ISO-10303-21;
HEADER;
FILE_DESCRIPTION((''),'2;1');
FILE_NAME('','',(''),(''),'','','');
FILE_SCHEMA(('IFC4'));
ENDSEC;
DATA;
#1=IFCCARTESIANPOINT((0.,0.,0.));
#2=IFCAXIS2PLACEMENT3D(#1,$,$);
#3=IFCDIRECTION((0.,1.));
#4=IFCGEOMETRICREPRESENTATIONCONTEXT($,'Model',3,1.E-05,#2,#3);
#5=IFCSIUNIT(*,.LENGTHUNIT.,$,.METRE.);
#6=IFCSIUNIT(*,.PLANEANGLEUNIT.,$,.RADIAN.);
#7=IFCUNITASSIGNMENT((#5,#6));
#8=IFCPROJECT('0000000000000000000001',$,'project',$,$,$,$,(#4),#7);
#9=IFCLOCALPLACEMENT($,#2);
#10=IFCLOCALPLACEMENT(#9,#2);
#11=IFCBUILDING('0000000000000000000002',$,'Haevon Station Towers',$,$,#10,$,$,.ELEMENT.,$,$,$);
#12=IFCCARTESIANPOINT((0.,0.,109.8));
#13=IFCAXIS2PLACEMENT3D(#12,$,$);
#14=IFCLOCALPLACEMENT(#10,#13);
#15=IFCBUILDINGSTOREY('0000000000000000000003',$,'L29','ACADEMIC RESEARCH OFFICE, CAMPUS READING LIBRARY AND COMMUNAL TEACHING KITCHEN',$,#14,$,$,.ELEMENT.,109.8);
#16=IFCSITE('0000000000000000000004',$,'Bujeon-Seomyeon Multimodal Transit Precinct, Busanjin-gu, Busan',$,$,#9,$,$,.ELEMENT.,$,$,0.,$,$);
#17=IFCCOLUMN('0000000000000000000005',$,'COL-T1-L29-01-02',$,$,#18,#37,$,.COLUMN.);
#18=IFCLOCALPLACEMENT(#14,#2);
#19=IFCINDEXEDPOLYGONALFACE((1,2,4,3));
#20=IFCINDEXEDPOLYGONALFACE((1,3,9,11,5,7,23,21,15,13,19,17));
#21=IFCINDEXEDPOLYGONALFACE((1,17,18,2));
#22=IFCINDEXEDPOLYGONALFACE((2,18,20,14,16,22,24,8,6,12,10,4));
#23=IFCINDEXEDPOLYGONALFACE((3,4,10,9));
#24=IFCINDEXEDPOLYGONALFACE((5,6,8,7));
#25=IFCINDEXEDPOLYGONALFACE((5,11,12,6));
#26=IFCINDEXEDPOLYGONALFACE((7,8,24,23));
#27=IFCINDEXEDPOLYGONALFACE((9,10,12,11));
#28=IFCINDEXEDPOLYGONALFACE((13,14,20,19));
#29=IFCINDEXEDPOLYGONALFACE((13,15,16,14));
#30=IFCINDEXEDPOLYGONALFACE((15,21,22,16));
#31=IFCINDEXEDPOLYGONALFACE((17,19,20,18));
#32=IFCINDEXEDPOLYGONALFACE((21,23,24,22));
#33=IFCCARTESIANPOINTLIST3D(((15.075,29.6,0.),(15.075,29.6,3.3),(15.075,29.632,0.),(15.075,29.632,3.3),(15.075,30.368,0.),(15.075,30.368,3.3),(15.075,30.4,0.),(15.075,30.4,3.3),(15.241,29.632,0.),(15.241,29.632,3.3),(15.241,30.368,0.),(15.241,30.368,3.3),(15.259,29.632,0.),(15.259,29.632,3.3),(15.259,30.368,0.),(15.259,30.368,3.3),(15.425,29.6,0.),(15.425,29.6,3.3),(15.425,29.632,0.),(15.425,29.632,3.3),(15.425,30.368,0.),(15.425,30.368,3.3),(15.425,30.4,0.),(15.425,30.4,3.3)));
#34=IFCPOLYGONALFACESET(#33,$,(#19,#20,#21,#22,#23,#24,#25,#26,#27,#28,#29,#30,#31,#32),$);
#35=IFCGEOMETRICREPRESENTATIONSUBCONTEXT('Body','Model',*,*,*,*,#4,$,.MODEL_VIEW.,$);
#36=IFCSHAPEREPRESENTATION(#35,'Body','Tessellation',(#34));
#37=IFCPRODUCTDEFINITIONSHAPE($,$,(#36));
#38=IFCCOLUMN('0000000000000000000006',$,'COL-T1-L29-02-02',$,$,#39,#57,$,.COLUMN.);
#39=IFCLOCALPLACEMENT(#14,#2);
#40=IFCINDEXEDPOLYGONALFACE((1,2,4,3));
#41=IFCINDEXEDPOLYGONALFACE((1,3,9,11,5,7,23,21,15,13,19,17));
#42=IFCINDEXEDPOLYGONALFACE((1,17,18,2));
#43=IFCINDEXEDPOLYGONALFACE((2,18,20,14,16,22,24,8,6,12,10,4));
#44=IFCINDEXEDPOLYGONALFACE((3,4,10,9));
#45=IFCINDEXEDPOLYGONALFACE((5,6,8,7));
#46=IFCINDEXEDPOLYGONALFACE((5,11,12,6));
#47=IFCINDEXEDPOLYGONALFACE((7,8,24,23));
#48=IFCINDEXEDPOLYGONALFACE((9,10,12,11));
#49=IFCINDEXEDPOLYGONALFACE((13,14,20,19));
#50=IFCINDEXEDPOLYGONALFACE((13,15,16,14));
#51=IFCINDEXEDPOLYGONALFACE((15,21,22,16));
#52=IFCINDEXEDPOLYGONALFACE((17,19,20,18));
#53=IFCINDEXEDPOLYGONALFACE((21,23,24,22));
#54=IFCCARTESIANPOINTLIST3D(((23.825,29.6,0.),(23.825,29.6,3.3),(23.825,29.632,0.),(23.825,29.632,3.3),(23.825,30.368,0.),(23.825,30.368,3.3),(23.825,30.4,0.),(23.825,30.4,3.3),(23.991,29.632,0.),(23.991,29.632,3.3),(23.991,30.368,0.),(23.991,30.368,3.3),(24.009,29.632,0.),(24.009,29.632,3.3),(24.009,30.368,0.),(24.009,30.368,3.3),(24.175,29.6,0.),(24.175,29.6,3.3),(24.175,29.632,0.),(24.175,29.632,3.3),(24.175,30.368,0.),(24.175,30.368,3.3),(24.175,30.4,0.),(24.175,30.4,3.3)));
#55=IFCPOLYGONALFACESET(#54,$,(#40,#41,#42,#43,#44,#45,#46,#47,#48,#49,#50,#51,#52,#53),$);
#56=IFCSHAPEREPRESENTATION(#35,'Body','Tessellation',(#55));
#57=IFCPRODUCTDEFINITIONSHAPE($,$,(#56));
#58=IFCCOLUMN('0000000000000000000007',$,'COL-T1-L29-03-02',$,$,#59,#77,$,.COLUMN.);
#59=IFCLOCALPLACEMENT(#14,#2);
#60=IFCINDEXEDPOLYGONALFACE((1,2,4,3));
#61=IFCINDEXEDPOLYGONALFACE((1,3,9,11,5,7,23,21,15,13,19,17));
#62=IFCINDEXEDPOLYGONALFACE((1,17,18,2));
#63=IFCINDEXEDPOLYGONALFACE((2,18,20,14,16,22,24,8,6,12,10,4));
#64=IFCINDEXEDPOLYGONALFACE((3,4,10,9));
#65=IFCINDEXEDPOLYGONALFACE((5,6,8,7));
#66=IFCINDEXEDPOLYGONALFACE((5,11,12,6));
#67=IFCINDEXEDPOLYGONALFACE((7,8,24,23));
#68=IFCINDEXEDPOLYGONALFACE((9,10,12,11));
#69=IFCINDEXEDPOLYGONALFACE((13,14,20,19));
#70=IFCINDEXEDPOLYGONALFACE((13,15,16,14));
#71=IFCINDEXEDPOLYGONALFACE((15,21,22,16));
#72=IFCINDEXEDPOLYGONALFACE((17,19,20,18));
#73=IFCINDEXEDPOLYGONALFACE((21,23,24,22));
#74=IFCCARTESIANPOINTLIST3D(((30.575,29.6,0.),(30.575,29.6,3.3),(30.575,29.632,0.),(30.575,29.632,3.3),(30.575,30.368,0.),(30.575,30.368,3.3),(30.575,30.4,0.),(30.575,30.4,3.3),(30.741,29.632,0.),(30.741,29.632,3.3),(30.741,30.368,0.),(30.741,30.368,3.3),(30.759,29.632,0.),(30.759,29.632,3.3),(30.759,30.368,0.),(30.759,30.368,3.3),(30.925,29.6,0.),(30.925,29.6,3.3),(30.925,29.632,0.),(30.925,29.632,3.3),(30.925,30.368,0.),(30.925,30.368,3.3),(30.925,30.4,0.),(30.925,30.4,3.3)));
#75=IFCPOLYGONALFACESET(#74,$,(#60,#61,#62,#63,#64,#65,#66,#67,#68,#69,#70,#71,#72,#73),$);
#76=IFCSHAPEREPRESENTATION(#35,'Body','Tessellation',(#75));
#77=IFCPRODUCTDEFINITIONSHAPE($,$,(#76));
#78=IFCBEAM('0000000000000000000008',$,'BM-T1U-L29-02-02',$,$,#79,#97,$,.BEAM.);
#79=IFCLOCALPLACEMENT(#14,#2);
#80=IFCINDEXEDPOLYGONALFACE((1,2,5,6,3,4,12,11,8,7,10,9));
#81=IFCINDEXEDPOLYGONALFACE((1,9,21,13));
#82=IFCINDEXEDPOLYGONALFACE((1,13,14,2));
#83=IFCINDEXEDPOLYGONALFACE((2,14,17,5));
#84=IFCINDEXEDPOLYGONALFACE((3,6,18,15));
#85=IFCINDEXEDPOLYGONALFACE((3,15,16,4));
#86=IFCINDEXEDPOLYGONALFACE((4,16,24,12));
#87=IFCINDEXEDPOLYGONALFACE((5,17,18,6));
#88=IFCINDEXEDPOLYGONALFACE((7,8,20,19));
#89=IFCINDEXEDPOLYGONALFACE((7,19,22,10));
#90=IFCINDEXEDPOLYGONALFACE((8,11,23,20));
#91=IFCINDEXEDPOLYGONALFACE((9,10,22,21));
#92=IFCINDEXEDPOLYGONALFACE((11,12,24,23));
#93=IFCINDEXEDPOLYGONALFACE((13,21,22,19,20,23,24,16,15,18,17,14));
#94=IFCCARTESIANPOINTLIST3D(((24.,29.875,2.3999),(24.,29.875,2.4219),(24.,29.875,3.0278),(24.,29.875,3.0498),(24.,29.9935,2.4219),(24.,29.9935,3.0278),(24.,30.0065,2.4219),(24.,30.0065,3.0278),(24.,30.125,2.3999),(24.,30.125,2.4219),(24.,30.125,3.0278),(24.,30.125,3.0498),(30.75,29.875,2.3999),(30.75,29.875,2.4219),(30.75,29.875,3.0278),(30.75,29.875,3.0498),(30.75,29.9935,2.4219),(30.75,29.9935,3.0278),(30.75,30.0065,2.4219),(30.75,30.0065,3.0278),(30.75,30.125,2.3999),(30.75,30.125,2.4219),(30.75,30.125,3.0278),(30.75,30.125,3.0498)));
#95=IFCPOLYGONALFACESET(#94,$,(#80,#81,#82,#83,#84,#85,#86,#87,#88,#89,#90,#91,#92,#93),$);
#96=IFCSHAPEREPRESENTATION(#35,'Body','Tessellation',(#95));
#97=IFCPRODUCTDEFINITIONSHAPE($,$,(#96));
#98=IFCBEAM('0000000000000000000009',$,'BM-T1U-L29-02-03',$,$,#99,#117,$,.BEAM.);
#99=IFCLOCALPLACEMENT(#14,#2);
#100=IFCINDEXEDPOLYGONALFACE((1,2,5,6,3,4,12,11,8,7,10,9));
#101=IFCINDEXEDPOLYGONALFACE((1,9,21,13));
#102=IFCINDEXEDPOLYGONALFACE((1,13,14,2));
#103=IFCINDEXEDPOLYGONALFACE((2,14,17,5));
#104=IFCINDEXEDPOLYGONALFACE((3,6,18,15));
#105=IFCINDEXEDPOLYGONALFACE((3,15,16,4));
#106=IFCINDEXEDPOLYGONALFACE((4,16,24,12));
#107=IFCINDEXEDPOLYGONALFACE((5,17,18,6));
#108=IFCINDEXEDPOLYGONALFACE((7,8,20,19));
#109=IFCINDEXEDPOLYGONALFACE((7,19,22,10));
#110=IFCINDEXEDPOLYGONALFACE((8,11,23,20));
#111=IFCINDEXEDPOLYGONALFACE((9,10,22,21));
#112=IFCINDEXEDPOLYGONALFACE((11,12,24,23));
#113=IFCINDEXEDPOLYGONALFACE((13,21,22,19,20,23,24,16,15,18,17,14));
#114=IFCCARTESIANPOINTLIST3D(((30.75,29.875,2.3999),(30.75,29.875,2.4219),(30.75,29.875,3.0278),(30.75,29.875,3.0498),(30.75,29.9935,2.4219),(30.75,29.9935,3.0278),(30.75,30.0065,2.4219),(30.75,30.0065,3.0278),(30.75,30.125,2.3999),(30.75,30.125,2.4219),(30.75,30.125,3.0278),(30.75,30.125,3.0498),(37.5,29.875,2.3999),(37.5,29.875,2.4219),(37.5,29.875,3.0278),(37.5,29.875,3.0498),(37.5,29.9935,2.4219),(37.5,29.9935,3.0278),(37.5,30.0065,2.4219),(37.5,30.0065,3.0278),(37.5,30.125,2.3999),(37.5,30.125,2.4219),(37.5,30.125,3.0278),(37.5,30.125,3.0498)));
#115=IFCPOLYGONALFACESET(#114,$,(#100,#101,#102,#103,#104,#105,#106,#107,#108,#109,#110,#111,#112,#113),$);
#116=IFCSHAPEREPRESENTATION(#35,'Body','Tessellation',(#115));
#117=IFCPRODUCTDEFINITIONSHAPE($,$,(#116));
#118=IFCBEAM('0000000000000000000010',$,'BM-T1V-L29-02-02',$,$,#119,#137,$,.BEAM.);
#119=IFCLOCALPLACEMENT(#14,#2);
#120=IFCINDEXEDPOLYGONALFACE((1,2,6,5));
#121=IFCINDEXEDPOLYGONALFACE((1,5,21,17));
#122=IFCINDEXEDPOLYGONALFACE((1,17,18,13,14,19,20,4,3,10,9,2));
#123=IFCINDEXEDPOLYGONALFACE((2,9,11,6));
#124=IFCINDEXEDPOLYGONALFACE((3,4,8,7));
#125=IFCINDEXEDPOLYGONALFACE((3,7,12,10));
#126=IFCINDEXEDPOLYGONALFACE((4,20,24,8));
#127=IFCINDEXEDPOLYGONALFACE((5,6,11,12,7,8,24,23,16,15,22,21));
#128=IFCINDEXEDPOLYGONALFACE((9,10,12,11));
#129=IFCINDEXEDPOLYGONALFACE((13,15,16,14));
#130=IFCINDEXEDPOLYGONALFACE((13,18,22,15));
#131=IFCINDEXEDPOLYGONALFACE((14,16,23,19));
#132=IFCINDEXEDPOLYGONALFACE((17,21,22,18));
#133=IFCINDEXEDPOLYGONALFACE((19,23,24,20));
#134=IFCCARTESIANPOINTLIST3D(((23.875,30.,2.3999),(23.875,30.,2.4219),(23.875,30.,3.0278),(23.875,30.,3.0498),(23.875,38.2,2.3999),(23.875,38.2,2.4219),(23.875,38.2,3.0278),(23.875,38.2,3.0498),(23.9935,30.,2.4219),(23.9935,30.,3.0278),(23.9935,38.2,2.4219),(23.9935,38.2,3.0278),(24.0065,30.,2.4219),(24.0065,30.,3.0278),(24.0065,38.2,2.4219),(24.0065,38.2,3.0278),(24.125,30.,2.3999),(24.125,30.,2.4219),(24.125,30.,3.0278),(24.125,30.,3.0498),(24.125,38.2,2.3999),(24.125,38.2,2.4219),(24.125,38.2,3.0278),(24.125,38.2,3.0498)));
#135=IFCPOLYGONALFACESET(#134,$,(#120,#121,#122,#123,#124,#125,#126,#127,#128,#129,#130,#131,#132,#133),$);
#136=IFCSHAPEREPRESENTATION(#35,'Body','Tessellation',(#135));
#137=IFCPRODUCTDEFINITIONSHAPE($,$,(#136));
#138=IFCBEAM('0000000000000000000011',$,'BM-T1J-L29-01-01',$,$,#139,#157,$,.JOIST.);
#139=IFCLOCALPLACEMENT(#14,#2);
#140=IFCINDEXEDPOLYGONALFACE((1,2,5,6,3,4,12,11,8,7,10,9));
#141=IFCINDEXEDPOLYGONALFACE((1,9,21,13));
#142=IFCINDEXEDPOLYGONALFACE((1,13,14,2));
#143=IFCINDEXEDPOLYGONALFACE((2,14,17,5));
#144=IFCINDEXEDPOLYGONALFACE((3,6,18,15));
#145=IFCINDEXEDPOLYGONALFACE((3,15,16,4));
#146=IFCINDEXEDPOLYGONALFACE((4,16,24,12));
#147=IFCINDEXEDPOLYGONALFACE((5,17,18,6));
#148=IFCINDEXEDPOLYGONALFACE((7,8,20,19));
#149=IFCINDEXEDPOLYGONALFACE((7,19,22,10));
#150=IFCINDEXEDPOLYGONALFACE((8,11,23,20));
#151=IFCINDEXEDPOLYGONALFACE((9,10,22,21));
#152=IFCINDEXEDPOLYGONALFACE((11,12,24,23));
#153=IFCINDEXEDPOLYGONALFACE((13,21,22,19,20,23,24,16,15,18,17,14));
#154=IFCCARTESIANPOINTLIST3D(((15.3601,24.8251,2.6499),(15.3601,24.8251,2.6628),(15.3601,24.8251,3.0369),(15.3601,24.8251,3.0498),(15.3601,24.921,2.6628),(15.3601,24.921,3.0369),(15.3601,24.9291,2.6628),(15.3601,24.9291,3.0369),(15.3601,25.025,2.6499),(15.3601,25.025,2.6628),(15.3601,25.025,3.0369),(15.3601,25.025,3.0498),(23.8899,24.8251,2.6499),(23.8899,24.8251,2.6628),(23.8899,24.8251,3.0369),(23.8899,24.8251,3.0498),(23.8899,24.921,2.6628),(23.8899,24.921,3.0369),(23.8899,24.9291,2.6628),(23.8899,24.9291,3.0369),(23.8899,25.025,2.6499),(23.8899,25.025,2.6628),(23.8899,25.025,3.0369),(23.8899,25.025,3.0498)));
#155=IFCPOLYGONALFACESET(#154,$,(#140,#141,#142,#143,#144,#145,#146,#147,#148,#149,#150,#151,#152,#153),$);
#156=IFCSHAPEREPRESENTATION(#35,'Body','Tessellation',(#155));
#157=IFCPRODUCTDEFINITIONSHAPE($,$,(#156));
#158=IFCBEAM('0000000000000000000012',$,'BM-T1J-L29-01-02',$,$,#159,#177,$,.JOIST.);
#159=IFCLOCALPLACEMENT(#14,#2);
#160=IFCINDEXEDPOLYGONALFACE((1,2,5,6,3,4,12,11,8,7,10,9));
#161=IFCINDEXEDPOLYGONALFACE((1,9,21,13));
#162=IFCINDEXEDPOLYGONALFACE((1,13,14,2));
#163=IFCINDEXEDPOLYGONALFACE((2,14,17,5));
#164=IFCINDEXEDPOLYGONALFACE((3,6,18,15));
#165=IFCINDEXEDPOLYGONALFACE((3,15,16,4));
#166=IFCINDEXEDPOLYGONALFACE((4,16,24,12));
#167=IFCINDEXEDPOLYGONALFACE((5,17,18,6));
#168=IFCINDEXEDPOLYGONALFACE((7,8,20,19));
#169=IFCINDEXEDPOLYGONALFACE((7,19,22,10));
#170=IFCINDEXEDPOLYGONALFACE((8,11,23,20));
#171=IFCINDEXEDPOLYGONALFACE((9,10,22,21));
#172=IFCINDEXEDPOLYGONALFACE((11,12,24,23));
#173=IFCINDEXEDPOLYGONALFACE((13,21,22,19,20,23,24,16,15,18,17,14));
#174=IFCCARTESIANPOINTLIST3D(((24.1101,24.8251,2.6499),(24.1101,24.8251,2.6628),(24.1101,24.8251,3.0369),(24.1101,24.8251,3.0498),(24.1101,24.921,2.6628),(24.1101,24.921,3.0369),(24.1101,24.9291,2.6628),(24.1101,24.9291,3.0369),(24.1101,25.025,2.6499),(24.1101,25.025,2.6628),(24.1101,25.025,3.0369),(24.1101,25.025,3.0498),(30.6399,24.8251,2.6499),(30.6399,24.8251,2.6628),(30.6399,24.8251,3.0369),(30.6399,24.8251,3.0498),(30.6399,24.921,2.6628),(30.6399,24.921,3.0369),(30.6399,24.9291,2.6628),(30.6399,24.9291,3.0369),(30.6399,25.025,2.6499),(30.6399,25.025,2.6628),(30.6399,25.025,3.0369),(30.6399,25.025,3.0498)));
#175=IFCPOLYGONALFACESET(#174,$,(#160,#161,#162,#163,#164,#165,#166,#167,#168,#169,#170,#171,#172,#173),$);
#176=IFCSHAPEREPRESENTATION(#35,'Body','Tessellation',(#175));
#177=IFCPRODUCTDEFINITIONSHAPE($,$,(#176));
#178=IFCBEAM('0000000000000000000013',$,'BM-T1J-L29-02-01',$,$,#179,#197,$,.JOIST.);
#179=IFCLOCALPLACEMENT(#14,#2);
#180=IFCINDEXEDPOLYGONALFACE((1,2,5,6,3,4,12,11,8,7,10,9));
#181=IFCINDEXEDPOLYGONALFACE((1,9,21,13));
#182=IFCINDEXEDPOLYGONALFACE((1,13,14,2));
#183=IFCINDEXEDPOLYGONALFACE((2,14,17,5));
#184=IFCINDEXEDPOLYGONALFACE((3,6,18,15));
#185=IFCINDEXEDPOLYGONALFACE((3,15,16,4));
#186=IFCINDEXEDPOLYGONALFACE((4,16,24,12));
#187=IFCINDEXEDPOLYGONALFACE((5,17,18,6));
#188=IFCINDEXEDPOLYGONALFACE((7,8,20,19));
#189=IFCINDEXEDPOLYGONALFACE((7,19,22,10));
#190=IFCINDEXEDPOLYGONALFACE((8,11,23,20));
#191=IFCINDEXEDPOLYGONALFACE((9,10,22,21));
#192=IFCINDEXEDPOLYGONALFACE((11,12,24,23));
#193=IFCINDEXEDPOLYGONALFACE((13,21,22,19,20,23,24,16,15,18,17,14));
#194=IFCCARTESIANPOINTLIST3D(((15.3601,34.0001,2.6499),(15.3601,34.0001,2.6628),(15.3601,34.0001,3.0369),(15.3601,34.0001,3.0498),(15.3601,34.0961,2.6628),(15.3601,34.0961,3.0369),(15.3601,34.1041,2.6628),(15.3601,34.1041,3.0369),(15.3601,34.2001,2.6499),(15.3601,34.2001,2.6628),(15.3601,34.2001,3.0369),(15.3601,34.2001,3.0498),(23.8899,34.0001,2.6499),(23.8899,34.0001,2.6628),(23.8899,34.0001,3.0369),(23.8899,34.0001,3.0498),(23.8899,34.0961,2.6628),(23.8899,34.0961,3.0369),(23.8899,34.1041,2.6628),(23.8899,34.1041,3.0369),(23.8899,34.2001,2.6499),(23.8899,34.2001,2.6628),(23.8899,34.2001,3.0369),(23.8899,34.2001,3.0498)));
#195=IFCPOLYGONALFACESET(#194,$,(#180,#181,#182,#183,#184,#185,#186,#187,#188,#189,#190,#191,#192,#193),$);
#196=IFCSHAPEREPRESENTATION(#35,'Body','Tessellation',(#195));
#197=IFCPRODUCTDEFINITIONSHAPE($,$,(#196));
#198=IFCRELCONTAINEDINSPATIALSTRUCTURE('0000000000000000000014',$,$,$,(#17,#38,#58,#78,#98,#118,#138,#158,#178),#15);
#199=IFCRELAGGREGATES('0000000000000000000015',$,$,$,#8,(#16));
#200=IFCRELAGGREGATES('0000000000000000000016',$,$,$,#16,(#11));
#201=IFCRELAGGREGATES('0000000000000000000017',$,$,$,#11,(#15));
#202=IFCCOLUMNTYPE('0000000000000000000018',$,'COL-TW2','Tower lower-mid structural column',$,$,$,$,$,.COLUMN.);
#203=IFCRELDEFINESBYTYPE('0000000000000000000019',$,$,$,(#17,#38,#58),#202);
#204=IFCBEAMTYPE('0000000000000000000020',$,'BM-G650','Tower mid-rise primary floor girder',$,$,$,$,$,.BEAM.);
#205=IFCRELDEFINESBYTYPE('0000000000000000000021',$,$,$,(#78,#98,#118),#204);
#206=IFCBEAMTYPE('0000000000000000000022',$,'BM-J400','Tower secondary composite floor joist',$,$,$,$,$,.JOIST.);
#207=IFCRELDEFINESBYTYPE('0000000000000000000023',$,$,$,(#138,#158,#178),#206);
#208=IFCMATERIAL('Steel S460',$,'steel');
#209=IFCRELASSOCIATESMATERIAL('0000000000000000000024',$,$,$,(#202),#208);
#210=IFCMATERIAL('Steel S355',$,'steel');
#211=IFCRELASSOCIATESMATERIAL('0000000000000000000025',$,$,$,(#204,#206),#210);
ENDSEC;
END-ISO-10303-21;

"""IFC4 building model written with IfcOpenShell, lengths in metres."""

from ifc_helpers import new_model, si_unit, direction, frame, origin, origin_2d, place, context, subcontext, project, spatial, i_section, extrude, material, material_profile, profile_set, type_object, element, save


model = new_model("IFC4")

# Units and contexts
model_context = context("Model", 3, precision=1e-05, world=origin(), true_north=direction((0.0, 1.0)))
body_context = subcontext(model_context, "Body", "Model", "MODEL_VIEW")
ifc_project = project(units=[si_unit("LENGTHUNIT", "METRE"), si_unit("PLANEANGLEUNIT", "RADIAN")], contexts=[model_context])

# Site, building, storey
site_placement = place(None, origin())
site = spatial("IfcSite", under=ifc_project, at=site_placement, Name="Bujeon-Seomyeon Multimodal Transit Precinct, Busanjin-gu, Busan", CompositionType="ELEMENT", RefElevation=0.0)
building_placement = place(site_placement, origin())
building = spatial("IfcBuilding", under=site, at=building_placement, Name="Haevon Station Towers", CompositionType="ELEMENT")
storey_placement = place(building_placement, frame((0.0, 0.0, 109.8)))
storey = spatial("IfcBuildingStorey", under=building, at=storey_placement, Name="L29", Description="ACADEMIC RESEARCH OFFICE, CAMPUS READING LIBRARY AND COMMUNAL TEACHING KITCHEN", CompositionType="ELEMENT", Elevation=109.8)

# Columns
ifc_material_1 = material(Name="Steel S460", Category="steel")
ifc_material_profile_1 = material_profile(ifc_material_1, i_section(OverallWidth=0.3501, OverallDepth=0.8, WebThickness=0.0181, FlangeThickness=0.032, at=origin_2d()), Name="H-800x350x18x32")
ifc_profile_set_1 = profile_set([ifc_material_profile_1], Name="Steel S460")
column_type = type_object("IfcColumnType", Name="COL-TW2", Description="Tower lower-mid structural column", PredefinedType="COLUMN", material=ifc_profile_set_1)
for number, where, z_axis, x_axis, name in (
    (1, (15.25, 30.0, 0.0), (0.0, 0.0, 1.0), (1.0, 0.0, 0.0), "COL-T1-L29-01-02"),
    (2, (24.0, 30.0, 0.0), (0.0, 0.0, 1.0), (1.0, 0.0, 0.0), "COL-T1-L29-02-02"),
    (3, (30.75, 30.0, 0.0), (0.0, 0.0, 1.0), (1.0, 0.0, 0.0), "COL-T1-L29-03-02"),
):
    element("IfcColumn", number, at=place(storey_placement, frame(where, z_axis=z_axis, x_axis=x_axis)), inside=storey, type_object=column_type, Name=name, PredefinedType="COLUMN", context=body_context, shape_type="SweptSolid", body=[
        extrude(i_section(OverallWidth=0.3501, OverallDepth=0.8, WebThickness=0.0181, FlangeThickness=0.032, at=origin_2d()), origin(), (0.0, 0.0, 1.0), 3.3),
    ])

# Beams
ifc_material_2 = material(Name="Steel S355", Category="steel")
ifc_material_profile_2 = material_profile(ifc_material_2, i_section(OverallWidth=0.25, OverallDepth=0.6499, WebThickness=0.0129, FlangeThickness=0.022, at=origin_2d()), Name="H-650x250x13x22")
ifc_profile_set_2 = profile_set([ifc_material_profile_2], Name="Steel S355")
beam_type_1 = type_object("IfcBeamType", Name="BM-G650", Description="Tower mid-rise primary floor girder", PredefinedType="BEAM", material=ifc_profile_set_2)
for number, where, z_axis, x_axis, name in (
    (4, (24.0, 30.0, 2.7249), (1.0, 0.0, 0.0), (0.0, 1.0, 0.0), "BM-T1U-L29-02-02"),
    (5, (30.75, 30.0, 2.7249), (1.0, 0.0, 0.0), (0.0, 1.0, 0.0), "BM-T1U-L29-02-03"),
):
    element("IfcBeam", number, at=place(storey_placement, frame(where, z_axis=z_axis, x_axis=x_axis)), inside=storey, type_object=beam_type_1, Name=name, PredefinedType="BEAM", context=body_context, shape_type="SweptSolid", body=[
        extrude(i_section(OverallWidth=0.25, OverallDepth=0.6499, WebThickness=0.0129, FlangeThickness=0.022, at=origin_2d()), origin(), (0.0, 0.0, 1.0), 6.75),
    ])
beam_1_placement = place(storey_placement, frame((24.0, 30.0, 2.7249), z_axis=(0.0, 1.0, 0.0), x_axis=(-1.0, 0.0, 0.0)))
element("IfcBeam", 6, at=beam_1_placement, inside=storey, type_object=beam_type_1, Name="BM-T1V-L29-02-02", PredefinedType="BEAM", context=body_context, shape_type="SweptSolid", body=[
    extrude(i_section(OverallWidth=0.25, OverallDepth=0.6499, WebThickness=0.0129, FlangeThickness=0.022, at=origin_2d()), origin(), (0.0, 0.0, 1.0), 8.2),
])
ifc_material_profile_3 = material_profile(ifc_material_2, i_section(OverallWidth=0.2, OverallDepth=0.3999, WebThickness=0.0081, FlangeThickness=0.0129, at=origin_2d()), Name="H-400x200x8x13")
ifc_profile_set_3 = profile_set([ifc_material_profile_3], Name="Steel S355")
beam_type_2 = type_object("IfcBeamType", Name="BM-J400", Description="Tower secondary composite floor joist", PredefinedType="JOIST", material=ifc_profile_set_3)
beam_2_placement = place(storey_placement, frame((15.3601, 24.925, 2.8499), z_axis=(1.0, 0.0, 0.0), x_axis=(0.0, 1.0, 0.0)))
element("IfcBeam", 7, at=beam_2_placement, inside=storey, type_object=beam_type_2, Name="BM-T1J-L29-01-01", PredefinedType="JOIST", context=body_context, shape_type="SweptSolid", body=[
    extrude(i_section(OverallWidth=0.2, OverallDepth=0.3999, WebThickness=0.0081, FlangeThickness=0.0129, at=origin_2d()), origin(), (0.0, 0.0, 1.0), 8.5298),
])
beam_3_placement = place(storey_placement, frame((24.1101, 24.925, 2.8499), z_axis=(1.0, 0.0, 0.0), x_axis=(0.0, 1.0, 0.0)))
element("IfcBeam", 8, at=beam_3_placement, inside=storey, type_object=beam_type_2, Name="BM-T1J-L29-01-02", PredefinedType="JOIST", context=body_context, shape_type="SweptSolid", body=[
    extrude(i_section(OverallWidth=0.2, OverallDepth=0.3999, WebThickness=0.0081, FlangeThickness=0.0129, at=origin_2d()), origin(), (0.0, 0.0, 1.0), 6.5298),
])
beam_4_placement = place(storey_placement, frame((15.3601, 34.1001, 2.8499), z_axis=(1.0, 0.0, 0.0), x_axis=(0.0, 1.0, 0.0)))
element("IfcBeam", 9, at=beam_4_placement, inside=storey, type_object=beam_type_2, Name="BM-T1J-L29-02-01", PredefinedType="JOIST", context=body_context, shape_type="SweptSolid", body=[
    extrude(i_section(OverallWidth=0.2, OverallDepth=0.3999, WebThickness=0.0081, FlangeThickness=0.0129, at=origin_2d()), origin(), (0.0, 0.0, 1.0), 8.5298),
])

save(model, "model.ifc")
